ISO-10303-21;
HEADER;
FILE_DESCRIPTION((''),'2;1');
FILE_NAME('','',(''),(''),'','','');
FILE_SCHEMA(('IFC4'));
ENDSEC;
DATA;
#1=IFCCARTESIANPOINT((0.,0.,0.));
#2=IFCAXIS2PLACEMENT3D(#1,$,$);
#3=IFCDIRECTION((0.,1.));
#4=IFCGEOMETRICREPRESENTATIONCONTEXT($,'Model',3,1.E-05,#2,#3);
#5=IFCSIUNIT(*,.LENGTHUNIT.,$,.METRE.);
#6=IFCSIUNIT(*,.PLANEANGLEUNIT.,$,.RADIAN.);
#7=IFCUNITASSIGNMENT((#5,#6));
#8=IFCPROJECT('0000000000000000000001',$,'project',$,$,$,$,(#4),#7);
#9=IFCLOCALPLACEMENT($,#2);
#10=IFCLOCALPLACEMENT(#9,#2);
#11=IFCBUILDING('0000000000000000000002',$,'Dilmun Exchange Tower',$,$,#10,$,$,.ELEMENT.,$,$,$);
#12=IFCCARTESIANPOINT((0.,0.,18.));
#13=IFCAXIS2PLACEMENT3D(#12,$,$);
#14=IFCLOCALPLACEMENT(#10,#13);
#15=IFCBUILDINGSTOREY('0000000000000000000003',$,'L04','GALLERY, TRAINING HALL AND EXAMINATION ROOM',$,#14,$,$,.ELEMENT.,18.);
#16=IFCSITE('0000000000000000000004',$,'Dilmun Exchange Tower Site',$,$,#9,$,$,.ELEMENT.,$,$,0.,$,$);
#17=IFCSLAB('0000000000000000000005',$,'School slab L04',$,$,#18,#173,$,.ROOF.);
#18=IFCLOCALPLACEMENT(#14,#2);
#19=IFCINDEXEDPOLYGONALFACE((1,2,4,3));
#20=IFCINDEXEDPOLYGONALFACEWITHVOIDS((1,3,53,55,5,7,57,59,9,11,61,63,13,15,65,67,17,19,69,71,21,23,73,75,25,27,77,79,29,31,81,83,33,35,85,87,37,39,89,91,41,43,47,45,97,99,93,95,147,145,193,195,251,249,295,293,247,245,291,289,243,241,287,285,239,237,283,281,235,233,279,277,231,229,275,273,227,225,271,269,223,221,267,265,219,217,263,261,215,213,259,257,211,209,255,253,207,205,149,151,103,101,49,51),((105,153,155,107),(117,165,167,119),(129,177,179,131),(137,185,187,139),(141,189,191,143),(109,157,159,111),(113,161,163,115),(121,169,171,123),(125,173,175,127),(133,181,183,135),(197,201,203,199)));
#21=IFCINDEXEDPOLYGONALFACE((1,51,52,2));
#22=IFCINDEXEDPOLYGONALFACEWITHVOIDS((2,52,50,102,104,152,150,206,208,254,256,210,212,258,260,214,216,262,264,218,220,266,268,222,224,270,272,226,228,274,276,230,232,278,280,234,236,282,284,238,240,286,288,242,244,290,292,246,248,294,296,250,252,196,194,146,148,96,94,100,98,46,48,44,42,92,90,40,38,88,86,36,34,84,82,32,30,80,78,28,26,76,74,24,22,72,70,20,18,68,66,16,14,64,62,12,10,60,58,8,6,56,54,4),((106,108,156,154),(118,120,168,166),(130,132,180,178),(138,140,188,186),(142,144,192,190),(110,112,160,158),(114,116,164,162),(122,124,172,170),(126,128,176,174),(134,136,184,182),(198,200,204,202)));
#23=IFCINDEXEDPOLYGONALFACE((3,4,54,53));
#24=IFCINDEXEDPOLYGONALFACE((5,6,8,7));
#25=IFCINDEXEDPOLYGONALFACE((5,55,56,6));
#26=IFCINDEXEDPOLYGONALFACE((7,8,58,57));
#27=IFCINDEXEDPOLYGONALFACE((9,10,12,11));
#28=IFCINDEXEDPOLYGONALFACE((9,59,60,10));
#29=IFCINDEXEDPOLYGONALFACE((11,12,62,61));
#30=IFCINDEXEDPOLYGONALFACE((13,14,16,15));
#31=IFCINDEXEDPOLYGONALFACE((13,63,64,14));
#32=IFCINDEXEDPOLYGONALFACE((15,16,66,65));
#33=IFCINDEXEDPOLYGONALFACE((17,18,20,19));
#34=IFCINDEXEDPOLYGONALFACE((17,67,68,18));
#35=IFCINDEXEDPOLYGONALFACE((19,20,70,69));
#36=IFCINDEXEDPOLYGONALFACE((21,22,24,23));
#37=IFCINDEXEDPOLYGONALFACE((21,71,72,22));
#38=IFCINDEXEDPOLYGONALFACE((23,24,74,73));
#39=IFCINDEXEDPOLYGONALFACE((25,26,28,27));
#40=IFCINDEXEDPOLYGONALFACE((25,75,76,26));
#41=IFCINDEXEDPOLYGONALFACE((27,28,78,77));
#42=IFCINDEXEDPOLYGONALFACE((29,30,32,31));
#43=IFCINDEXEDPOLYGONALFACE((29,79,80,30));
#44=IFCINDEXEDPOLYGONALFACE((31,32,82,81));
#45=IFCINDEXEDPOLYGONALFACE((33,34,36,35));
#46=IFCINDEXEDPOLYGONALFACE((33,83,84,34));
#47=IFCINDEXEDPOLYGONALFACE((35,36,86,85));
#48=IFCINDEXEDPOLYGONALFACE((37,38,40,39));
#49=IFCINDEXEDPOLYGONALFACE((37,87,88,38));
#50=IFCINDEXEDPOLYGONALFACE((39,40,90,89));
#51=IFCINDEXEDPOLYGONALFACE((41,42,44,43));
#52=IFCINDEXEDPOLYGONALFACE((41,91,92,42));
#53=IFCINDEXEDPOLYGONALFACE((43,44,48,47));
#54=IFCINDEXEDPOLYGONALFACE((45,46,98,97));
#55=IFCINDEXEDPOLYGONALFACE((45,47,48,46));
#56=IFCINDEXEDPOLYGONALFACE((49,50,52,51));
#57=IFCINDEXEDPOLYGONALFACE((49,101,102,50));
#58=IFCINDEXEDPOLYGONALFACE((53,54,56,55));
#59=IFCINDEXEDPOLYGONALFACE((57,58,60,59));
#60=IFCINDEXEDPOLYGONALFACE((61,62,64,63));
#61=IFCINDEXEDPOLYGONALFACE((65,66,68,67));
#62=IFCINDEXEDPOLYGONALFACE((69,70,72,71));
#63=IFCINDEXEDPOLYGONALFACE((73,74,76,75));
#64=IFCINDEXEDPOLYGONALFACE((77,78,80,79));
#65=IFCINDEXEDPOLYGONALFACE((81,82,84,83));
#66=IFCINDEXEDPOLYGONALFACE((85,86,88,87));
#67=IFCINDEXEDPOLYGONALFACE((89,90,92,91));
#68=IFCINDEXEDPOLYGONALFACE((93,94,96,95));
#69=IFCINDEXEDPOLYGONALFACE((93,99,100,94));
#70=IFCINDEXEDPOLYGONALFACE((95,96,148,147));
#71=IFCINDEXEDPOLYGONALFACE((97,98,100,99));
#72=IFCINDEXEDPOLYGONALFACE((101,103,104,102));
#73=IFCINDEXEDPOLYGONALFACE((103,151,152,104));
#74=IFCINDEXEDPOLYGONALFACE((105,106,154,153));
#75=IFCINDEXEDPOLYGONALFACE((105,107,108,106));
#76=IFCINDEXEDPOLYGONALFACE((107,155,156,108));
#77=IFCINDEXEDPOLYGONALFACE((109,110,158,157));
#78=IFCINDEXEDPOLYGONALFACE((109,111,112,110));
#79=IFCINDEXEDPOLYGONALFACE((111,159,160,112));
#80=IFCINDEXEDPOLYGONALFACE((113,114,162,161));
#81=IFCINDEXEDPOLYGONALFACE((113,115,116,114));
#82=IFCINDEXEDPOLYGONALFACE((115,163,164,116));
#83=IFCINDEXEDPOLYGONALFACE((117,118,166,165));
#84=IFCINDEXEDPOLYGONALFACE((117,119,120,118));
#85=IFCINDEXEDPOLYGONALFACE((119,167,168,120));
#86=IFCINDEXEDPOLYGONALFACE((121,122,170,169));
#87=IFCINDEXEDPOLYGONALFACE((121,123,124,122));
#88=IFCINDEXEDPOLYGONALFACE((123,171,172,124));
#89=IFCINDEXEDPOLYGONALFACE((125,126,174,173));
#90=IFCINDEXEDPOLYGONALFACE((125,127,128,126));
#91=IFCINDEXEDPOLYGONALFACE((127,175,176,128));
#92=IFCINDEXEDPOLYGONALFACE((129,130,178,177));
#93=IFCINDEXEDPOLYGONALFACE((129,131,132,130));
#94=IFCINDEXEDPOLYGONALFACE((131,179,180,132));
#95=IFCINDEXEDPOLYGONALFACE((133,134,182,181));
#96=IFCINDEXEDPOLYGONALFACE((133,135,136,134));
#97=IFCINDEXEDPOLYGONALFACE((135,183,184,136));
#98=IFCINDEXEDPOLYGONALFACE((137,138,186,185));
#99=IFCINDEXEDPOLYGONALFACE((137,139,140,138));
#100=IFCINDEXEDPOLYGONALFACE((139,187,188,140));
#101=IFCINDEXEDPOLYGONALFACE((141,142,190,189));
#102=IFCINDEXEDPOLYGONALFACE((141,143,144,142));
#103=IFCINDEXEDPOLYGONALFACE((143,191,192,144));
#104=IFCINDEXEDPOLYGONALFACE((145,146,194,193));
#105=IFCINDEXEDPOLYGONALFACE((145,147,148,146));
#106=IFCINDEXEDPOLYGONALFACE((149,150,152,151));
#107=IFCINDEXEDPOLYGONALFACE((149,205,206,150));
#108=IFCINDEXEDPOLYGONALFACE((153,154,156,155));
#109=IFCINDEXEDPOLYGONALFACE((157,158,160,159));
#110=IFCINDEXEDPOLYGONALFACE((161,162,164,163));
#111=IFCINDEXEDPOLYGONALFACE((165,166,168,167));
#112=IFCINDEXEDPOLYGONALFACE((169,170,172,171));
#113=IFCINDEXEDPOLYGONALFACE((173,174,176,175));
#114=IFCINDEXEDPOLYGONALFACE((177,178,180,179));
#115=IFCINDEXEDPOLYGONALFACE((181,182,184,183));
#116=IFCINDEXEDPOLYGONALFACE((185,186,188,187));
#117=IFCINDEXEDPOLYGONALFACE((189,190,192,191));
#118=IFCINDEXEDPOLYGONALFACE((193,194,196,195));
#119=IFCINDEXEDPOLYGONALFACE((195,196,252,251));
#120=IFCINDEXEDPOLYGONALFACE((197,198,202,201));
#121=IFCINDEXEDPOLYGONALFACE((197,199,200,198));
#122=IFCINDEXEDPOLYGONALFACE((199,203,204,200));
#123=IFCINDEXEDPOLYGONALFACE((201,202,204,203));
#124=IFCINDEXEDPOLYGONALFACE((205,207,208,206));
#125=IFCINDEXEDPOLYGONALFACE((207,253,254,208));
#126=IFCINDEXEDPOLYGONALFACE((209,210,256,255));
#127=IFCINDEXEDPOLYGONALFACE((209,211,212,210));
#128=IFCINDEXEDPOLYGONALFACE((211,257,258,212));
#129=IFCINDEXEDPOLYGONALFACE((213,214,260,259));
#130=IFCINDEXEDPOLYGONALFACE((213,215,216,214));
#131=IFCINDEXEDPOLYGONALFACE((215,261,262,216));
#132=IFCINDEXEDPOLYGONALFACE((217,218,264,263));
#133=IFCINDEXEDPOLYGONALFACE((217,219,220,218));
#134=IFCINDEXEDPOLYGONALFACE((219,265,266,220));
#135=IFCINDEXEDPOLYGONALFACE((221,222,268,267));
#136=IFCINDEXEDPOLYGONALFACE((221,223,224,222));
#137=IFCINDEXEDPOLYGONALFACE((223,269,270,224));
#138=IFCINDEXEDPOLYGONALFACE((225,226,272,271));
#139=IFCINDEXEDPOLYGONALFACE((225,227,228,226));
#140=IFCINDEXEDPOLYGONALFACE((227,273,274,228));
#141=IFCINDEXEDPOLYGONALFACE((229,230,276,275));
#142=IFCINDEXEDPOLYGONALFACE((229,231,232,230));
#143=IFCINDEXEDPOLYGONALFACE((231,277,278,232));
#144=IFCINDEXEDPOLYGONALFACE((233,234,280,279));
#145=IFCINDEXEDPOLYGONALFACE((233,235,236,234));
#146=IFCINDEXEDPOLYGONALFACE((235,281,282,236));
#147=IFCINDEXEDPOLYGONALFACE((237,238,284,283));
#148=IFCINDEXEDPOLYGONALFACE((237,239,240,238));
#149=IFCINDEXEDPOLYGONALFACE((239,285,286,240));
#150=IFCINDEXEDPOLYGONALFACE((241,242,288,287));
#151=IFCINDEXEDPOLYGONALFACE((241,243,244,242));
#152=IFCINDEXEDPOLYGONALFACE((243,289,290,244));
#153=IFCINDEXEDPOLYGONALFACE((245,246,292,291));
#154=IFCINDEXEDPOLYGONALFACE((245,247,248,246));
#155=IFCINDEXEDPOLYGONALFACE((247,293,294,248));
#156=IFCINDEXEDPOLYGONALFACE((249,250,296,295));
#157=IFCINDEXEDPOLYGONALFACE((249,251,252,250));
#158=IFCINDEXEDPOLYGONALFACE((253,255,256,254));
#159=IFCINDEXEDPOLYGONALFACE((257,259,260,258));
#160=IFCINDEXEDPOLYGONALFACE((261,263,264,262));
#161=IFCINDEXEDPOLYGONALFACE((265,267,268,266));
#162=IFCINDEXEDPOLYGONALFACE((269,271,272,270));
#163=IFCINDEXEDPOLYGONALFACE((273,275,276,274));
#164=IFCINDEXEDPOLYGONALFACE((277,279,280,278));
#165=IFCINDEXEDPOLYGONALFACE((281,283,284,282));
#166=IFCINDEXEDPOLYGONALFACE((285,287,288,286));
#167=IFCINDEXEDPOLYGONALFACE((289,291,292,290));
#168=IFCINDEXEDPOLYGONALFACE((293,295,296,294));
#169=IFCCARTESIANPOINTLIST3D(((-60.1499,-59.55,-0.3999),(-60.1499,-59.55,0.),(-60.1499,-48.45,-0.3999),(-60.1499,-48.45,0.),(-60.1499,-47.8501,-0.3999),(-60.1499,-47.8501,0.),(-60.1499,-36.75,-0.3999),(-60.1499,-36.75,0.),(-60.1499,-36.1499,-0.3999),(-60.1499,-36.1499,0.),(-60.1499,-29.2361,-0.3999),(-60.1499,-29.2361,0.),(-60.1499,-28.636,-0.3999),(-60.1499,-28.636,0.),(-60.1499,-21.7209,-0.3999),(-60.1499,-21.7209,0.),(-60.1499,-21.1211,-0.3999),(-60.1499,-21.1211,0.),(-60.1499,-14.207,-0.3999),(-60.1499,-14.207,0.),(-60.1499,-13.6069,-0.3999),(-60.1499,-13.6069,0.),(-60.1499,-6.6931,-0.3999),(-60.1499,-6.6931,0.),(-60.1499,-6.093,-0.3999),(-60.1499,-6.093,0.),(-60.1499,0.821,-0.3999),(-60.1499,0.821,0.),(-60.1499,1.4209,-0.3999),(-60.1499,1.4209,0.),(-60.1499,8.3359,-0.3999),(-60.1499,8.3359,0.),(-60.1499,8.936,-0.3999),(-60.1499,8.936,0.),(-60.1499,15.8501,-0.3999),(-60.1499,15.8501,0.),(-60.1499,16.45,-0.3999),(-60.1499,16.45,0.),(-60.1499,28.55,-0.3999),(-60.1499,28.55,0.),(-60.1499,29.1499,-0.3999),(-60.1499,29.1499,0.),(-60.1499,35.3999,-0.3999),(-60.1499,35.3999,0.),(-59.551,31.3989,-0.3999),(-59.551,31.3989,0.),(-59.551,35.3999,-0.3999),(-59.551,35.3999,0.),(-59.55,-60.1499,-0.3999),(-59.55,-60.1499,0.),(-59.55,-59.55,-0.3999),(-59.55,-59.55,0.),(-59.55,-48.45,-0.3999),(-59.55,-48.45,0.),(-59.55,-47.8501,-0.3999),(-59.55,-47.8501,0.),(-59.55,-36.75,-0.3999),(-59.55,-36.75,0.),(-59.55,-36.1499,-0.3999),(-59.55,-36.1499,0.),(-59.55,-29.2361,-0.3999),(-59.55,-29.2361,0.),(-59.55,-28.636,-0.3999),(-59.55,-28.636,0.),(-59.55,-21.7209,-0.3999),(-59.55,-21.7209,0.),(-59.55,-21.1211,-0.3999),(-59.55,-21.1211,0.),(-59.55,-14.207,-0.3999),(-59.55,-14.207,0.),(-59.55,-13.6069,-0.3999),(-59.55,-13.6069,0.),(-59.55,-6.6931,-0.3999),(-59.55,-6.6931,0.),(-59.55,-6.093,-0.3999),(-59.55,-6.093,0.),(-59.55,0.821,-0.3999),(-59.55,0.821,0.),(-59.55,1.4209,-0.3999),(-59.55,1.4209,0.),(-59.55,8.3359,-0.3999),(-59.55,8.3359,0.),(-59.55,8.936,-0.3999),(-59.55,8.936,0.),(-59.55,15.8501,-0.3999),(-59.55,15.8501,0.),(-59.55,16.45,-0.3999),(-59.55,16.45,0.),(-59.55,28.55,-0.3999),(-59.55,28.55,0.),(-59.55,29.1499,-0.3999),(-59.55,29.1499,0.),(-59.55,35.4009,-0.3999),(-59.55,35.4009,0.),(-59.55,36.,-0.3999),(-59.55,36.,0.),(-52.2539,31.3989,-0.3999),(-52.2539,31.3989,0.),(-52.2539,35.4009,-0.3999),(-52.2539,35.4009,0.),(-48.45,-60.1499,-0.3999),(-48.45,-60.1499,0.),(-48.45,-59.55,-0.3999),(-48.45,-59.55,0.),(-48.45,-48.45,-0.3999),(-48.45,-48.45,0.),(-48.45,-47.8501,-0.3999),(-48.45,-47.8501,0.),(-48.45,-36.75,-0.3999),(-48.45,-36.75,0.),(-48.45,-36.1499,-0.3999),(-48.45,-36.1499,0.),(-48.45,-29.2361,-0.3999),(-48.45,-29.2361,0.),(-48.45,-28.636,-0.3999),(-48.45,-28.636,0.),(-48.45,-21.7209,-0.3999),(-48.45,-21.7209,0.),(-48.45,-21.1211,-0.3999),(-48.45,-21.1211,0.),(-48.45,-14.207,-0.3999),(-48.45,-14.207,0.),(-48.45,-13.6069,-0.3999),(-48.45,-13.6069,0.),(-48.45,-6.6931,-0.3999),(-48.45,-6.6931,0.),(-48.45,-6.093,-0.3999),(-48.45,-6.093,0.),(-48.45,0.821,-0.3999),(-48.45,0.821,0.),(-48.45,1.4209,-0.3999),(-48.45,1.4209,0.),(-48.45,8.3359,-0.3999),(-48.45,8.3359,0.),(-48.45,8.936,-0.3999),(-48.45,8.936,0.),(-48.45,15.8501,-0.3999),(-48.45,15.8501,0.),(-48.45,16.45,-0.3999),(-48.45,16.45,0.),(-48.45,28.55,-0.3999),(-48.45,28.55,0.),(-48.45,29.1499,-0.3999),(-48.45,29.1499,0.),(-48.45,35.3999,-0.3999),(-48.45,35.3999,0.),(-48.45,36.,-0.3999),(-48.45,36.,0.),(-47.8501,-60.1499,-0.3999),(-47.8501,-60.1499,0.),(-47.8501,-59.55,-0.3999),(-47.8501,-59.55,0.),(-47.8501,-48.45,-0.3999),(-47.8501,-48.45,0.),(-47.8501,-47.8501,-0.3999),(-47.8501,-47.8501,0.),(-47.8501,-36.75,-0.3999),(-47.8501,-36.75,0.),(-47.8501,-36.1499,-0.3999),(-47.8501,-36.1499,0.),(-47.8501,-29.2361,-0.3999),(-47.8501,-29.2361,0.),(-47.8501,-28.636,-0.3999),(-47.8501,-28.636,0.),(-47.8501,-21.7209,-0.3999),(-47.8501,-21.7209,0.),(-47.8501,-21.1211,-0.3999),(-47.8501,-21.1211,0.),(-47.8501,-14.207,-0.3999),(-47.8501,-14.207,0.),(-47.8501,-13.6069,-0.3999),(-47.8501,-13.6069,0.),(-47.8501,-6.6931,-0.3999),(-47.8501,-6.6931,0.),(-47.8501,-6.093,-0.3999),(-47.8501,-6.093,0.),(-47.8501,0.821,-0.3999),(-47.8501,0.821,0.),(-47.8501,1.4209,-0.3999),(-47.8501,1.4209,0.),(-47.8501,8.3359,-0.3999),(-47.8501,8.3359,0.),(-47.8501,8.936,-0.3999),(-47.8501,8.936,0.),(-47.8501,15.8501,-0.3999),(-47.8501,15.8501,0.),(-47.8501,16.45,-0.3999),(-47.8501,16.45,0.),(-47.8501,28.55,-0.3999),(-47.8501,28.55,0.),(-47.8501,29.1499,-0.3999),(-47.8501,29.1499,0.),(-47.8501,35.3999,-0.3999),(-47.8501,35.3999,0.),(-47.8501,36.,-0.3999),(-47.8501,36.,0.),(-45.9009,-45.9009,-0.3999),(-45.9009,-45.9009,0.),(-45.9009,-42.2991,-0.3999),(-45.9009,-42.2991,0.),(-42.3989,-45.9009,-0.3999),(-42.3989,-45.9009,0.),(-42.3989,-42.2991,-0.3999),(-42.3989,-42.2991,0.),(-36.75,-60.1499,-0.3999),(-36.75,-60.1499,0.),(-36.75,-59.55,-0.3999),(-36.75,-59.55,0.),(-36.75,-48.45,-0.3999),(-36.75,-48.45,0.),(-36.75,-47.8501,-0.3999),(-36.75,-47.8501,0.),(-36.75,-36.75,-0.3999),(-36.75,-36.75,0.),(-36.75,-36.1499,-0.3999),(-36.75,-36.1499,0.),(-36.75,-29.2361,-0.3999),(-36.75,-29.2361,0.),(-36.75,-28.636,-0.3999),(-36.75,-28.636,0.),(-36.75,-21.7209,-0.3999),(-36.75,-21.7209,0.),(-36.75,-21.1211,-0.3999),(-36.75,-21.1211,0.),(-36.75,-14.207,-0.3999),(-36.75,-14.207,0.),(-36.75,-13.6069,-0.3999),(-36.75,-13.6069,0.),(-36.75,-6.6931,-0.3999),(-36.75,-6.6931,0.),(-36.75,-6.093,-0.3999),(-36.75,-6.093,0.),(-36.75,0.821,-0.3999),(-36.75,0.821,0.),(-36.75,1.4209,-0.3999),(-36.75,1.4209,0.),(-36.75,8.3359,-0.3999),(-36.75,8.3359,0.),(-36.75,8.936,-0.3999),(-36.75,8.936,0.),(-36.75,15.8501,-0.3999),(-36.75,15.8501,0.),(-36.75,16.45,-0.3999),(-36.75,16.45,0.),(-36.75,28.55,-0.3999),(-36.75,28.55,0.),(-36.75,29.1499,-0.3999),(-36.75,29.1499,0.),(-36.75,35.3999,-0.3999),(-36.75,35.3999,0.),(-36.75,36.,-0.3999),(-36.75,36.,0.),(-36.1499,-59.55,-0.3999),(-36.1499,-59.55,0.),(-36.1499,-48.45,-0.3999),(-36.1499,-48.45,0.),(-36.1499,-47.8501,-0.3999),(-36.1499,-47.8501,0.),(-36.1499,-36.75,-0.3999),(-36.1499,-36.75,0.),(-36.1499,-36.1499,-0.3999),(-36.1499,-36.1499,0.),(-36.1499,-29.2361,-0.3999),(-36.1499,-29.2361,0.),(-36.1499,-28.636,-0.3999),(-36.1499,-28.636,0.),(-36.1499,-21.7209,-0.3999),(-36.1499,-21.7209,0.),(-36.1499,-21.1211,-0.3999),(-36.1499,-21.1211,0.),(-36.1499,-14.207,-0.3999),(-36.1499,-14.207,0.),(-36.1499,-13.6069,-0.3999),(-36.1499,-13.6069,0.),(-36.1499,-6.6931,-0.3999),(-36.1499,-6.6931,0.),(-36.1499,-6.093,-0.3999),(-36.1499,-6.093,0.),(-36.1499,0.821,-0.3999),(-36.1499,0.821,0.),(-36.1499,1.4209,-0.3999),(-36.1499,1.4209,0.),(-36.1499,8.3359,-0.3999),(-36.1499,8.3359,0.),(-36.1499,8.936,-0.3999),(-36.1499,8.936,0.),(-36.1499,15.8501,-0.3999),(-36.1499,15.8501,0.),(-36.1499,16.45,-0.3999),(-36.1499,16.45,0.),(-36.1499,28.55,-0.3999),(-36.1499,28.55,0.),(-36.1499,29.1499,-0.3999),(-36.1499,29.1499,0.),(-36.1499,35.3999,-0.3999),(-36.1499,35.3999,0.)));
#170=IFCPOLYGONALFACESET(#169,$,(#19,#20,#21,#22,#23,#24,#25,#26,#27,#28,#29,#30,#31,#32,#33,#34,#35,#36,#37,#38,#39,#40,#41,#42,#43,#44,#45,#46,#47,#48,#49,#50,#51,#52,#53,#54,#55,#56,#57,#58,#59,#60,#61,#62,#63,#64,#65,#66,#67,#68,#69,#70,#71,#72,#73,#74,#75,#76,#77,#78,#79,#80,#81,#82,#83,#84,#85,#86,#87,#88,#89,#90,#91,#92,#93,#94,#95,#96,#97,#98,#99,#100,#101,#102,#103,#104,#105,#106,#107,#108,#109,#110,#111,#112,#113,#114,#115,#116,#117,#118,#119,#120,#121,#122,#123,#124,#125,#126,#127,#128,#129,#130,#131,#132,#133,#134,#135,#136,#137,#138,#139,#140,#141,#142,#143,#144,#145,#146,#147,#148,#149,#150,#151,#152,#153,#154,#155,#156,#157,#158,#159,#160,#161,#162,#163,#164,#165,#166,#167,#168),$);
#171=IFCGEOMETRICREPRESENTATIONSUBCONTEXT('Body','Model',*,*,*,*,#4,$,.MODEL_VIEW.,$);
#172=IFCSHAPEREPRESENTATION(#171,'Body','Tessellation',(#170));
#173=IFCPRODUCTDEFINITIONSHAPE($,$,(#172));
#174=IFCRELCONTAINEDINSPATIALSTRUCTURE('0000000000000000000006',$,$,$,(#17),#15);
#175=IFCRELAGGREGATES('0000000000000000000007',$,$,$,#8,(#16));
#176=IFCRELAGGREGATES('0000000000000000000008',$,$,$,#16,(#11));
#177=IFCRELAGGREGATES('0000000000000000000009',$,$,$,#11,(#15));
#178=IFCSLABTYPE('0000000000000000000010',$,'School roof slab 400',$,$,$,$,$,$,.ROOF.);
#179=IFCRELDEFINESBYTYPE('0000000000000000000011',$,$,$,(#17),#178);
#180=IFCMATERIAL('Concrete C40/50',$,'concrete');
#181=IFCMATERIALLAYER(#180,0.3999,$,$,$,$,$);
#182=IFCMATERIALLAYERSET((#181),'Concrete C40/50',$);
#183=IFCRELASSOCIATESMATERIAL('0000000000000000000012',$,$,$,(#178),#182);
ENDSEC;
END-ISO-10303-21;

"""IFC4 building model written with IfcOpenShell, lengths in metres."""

from ifc_helpers import new_model, si_unit, direction, frame, origin, place, context, subcontext, project, spatial, polyline, outline, extrude, material, layer, layer_set, type_object, element, save


model = new_model("IFC4")

# Units and contexts
model_context = context("Model", 3, precision=1e-05, world=origin(), true_north=direction((0.0, 1.0)))
body_context = subcontext(model_context, "Body", "Model", "MODEL_VIEW")
ifc_project = project(units=[si_unit("LENGTHUNIT", "METRE"), si_unit("PLANEANGLEUNIT", "RADIAN")], contexts=[model_context])

# Site, building, storey
site_placement = place(None, origin())
site = spatial("IfcSite", under=ifc_project, at=site_placement, Name="Dilmun Exchange Tower Site", CompositionType="ELEMENT", RefElevation=0.0)
building_placement = place(site_placement, origin())
building = spatial("IfcBuilding", under=site, at=building_placement, Name="Dilmun Exchange Tower", CompositionType="ELEMENT")
storey_placement = place(building_placement, frame((0.0, 0.0, 18.0)))
storey = spatial("IfcBuildingStorey", under=building, at=storey_placement, Name="L04", Description="GALLERY, TRAINING HALL AND EXAMINATION ROOM", CompositionType="ELEMENT", Elevation=18.0)

# Shared definitions
ifc_material_1 = material(Name="Concrete C40/50", Category="concrete")

# Slab
ifc_layer_1 = layer(ifc_material_1, 0.3999)
ifc_layer_set_1 = layer_set([ifc_layer_1], Name="Concrete C40/50")
slab_type_1 = type_object("IfcSlabType", Name="School roof slab 400", PredefinedType="ROOF", material=ifc_layer_set_1)
slab_1_placement = place(storey_placement, frame((0.0, 0.0, -0.3999)))
element("IfcSlab", 1, at=slab_1_placement, inside=storey, type_object=slab_type_1, Name="School slab L04", PredefinedType="ROOF", context=body_context, shape_type="SweptSolid", body=[
    extrude(outline(polyline([(-36.75, -60.1499), (-47.8501, -60.1499), (-47.8501, -59.55), (-48.45, -59.55), (-48.45, -60.1499), (-59.55, -60.1499), (-59.55, -59.55), (-60.1499, -59.55), (-60.1499, -48.45), (-59.55, -48.45), (-59.55, -47.8501), (-60.1499, -47.8501), (-60.1499, -36.75), (-59.55, -36.75), (-59.55, -36.1499), (-60.1499, -36.1499), (-60.1499, -29.2361), (-59.55, -29.2361), (-59.55, -28.636), (-60.1499, -28.636), (-60.1499, -21.7209), (-59.55, -21.7209), (-59.55, -21.1211), (-60.1499, -21.1211), (-60.1499, -14.207), (-59.55, -14.207), (-59.55, -13.6069), (-60.1499, -13.6069), (-60.1499, -6.6931), (-59.55, -6.6931), (-59.55, -6.093), (-60.1499, -6.093), (-60.1499, 0.821), (-59.55, 0.821), (-59.55, 1.4209), (-60.1499, 1.4209), (-60.1499, 8.3359), (-59.55, 8.3359), (-59.55, 8.936), (-60.1499, 8.936), (-60.1499, 15.8501), (-59.55, 15.8501), (-59.55, 16.45), (-60.1499, 16.45), (-60.1499, 28.55), (-59.55, 28.55), (-59.55, 29.1499), (-60.1499, 29.1499), (-60.1499, 35.3999), (-59.551, 35.3999), (-59.551, 31.3989), (-52.2539, 31.3989), (-52.2539, 35.4009), (-59.55, 35.4009), (-59.55, 36.0), (-48.45, 36.0), (-48.45, 35.3999), (-47.8501, 35.3999), (-47.8501, 36.0), (-36.75, 36.0), (-36.75, 35.3999), (-36.1499, 35.3999), (-36.1499, 29.1499), (-36.75, 29.1499), (-36.75, 28.55), (-36.1499, 28.55), (-36.1499, 16.45), (-36.75, 16.45), (-36.75, 15.8501), (-36.1499, 15.8501), (-36.1499, 8.936), (-36.75, 8.936), (-36.75, 8.3359), (-36.1499, 8.3359), (-36.1499, 1.4209), (-36.75, 1.4209), (-36.75, 0.821), (-36.1499, 0.821), (-36.1499, -6.093), (-36.75, -6.093), (-36.75, -6.6931), (-36.1499, -6.6931), (-36.1499, -13.6069), (-36.75, -13.6069), (-36.75, -14.207), (-36.1499, -14.207), (-36.1499, -21.1211), (-36.75, -21.1211), (-36.75, -21.7209), (-36.1499, -21.7209), (-36.1499, -28.636), (-36.75, -28.636), (-36.75, -29.2361), (-36.1499, -29.2361), (-36.1499, -36.1499), (-36.75, -36.1499), (-36.75, -36.75), (-36.1499, -36.75), (-36.1499, -47.8501), (-36.75, -47.8501), (-36.75, -48.45), (-36.1499, -48.45), (-36.1499, -59.55), (-36.75, -59.55), (-36.75, -60.1499)]), holes=[polyline([(-48.45, -29.2361), (-47.8501, -29.2361), (-47.8501, -28.636), (-48.45, -28.636), (-48.45, -29.2361)]), polyline([(-48.45, 8.936), (-48.45, 8.3359), (-47.8501, 8.3359), (-47.8501, 8.936), (-48.45, 8.936)]), polyline([(-48.45, 15.8501), (-47.8501, 15.8501), (-47.8501, 16.45), (-48.45, 16.45), (-48.45, 15.8501)]), polyline([(-48.45, 29.1499), (-48.45, 28.55), (-47.8501, 28.55), (-47.8501, 29.1499), (-48.45, 29.1499)]), polyline([(-48.45, -48.45), (-47.8501, -48.45), (-47.8501, -47.8501), (-48.45, -47.8501), (-48.45, -48.45)]), polyline([(-48.45, -36.1499), (-48.45, -36.75), (-47.8501, -36.75), (-47.8501, -36.1499), (-48.45, -36.1499)]), polyline([(-48.45, -21.1211), (-48.45, -21.7209), (-47.8501, -21.7209), (-47.8501, -21.1211), (-48.45, -21.1211)]), polyline([(-48.45, -14.207), (-47.8501, -14.207), (-47.8501, -13.6069), (-48.45, -13.6069), (-48.45, -14.207)]), polyline([(-48.45, -6.093), (-48.45, -6.6931), (-47.8501, -6.6931), (-47.8501, -6.093), (-48.45, -6.093)]), polyline([(-48.45, 1.4209), (-48.45, 0.821), (-47.8501, 0.821), (-47.8501, 1.4209), (-48.45, 1.4209)]), polyline([(-45.9009, -42.2991), (-45.9009, -45.9009), (-42.3989, -45.9009), (-42.3989, -42.2991), (-45.9009, -42.2991)])]), origin(), (0.0, 0.0, 1.0), 0.3999),
])

save(model, "model.ifc")
